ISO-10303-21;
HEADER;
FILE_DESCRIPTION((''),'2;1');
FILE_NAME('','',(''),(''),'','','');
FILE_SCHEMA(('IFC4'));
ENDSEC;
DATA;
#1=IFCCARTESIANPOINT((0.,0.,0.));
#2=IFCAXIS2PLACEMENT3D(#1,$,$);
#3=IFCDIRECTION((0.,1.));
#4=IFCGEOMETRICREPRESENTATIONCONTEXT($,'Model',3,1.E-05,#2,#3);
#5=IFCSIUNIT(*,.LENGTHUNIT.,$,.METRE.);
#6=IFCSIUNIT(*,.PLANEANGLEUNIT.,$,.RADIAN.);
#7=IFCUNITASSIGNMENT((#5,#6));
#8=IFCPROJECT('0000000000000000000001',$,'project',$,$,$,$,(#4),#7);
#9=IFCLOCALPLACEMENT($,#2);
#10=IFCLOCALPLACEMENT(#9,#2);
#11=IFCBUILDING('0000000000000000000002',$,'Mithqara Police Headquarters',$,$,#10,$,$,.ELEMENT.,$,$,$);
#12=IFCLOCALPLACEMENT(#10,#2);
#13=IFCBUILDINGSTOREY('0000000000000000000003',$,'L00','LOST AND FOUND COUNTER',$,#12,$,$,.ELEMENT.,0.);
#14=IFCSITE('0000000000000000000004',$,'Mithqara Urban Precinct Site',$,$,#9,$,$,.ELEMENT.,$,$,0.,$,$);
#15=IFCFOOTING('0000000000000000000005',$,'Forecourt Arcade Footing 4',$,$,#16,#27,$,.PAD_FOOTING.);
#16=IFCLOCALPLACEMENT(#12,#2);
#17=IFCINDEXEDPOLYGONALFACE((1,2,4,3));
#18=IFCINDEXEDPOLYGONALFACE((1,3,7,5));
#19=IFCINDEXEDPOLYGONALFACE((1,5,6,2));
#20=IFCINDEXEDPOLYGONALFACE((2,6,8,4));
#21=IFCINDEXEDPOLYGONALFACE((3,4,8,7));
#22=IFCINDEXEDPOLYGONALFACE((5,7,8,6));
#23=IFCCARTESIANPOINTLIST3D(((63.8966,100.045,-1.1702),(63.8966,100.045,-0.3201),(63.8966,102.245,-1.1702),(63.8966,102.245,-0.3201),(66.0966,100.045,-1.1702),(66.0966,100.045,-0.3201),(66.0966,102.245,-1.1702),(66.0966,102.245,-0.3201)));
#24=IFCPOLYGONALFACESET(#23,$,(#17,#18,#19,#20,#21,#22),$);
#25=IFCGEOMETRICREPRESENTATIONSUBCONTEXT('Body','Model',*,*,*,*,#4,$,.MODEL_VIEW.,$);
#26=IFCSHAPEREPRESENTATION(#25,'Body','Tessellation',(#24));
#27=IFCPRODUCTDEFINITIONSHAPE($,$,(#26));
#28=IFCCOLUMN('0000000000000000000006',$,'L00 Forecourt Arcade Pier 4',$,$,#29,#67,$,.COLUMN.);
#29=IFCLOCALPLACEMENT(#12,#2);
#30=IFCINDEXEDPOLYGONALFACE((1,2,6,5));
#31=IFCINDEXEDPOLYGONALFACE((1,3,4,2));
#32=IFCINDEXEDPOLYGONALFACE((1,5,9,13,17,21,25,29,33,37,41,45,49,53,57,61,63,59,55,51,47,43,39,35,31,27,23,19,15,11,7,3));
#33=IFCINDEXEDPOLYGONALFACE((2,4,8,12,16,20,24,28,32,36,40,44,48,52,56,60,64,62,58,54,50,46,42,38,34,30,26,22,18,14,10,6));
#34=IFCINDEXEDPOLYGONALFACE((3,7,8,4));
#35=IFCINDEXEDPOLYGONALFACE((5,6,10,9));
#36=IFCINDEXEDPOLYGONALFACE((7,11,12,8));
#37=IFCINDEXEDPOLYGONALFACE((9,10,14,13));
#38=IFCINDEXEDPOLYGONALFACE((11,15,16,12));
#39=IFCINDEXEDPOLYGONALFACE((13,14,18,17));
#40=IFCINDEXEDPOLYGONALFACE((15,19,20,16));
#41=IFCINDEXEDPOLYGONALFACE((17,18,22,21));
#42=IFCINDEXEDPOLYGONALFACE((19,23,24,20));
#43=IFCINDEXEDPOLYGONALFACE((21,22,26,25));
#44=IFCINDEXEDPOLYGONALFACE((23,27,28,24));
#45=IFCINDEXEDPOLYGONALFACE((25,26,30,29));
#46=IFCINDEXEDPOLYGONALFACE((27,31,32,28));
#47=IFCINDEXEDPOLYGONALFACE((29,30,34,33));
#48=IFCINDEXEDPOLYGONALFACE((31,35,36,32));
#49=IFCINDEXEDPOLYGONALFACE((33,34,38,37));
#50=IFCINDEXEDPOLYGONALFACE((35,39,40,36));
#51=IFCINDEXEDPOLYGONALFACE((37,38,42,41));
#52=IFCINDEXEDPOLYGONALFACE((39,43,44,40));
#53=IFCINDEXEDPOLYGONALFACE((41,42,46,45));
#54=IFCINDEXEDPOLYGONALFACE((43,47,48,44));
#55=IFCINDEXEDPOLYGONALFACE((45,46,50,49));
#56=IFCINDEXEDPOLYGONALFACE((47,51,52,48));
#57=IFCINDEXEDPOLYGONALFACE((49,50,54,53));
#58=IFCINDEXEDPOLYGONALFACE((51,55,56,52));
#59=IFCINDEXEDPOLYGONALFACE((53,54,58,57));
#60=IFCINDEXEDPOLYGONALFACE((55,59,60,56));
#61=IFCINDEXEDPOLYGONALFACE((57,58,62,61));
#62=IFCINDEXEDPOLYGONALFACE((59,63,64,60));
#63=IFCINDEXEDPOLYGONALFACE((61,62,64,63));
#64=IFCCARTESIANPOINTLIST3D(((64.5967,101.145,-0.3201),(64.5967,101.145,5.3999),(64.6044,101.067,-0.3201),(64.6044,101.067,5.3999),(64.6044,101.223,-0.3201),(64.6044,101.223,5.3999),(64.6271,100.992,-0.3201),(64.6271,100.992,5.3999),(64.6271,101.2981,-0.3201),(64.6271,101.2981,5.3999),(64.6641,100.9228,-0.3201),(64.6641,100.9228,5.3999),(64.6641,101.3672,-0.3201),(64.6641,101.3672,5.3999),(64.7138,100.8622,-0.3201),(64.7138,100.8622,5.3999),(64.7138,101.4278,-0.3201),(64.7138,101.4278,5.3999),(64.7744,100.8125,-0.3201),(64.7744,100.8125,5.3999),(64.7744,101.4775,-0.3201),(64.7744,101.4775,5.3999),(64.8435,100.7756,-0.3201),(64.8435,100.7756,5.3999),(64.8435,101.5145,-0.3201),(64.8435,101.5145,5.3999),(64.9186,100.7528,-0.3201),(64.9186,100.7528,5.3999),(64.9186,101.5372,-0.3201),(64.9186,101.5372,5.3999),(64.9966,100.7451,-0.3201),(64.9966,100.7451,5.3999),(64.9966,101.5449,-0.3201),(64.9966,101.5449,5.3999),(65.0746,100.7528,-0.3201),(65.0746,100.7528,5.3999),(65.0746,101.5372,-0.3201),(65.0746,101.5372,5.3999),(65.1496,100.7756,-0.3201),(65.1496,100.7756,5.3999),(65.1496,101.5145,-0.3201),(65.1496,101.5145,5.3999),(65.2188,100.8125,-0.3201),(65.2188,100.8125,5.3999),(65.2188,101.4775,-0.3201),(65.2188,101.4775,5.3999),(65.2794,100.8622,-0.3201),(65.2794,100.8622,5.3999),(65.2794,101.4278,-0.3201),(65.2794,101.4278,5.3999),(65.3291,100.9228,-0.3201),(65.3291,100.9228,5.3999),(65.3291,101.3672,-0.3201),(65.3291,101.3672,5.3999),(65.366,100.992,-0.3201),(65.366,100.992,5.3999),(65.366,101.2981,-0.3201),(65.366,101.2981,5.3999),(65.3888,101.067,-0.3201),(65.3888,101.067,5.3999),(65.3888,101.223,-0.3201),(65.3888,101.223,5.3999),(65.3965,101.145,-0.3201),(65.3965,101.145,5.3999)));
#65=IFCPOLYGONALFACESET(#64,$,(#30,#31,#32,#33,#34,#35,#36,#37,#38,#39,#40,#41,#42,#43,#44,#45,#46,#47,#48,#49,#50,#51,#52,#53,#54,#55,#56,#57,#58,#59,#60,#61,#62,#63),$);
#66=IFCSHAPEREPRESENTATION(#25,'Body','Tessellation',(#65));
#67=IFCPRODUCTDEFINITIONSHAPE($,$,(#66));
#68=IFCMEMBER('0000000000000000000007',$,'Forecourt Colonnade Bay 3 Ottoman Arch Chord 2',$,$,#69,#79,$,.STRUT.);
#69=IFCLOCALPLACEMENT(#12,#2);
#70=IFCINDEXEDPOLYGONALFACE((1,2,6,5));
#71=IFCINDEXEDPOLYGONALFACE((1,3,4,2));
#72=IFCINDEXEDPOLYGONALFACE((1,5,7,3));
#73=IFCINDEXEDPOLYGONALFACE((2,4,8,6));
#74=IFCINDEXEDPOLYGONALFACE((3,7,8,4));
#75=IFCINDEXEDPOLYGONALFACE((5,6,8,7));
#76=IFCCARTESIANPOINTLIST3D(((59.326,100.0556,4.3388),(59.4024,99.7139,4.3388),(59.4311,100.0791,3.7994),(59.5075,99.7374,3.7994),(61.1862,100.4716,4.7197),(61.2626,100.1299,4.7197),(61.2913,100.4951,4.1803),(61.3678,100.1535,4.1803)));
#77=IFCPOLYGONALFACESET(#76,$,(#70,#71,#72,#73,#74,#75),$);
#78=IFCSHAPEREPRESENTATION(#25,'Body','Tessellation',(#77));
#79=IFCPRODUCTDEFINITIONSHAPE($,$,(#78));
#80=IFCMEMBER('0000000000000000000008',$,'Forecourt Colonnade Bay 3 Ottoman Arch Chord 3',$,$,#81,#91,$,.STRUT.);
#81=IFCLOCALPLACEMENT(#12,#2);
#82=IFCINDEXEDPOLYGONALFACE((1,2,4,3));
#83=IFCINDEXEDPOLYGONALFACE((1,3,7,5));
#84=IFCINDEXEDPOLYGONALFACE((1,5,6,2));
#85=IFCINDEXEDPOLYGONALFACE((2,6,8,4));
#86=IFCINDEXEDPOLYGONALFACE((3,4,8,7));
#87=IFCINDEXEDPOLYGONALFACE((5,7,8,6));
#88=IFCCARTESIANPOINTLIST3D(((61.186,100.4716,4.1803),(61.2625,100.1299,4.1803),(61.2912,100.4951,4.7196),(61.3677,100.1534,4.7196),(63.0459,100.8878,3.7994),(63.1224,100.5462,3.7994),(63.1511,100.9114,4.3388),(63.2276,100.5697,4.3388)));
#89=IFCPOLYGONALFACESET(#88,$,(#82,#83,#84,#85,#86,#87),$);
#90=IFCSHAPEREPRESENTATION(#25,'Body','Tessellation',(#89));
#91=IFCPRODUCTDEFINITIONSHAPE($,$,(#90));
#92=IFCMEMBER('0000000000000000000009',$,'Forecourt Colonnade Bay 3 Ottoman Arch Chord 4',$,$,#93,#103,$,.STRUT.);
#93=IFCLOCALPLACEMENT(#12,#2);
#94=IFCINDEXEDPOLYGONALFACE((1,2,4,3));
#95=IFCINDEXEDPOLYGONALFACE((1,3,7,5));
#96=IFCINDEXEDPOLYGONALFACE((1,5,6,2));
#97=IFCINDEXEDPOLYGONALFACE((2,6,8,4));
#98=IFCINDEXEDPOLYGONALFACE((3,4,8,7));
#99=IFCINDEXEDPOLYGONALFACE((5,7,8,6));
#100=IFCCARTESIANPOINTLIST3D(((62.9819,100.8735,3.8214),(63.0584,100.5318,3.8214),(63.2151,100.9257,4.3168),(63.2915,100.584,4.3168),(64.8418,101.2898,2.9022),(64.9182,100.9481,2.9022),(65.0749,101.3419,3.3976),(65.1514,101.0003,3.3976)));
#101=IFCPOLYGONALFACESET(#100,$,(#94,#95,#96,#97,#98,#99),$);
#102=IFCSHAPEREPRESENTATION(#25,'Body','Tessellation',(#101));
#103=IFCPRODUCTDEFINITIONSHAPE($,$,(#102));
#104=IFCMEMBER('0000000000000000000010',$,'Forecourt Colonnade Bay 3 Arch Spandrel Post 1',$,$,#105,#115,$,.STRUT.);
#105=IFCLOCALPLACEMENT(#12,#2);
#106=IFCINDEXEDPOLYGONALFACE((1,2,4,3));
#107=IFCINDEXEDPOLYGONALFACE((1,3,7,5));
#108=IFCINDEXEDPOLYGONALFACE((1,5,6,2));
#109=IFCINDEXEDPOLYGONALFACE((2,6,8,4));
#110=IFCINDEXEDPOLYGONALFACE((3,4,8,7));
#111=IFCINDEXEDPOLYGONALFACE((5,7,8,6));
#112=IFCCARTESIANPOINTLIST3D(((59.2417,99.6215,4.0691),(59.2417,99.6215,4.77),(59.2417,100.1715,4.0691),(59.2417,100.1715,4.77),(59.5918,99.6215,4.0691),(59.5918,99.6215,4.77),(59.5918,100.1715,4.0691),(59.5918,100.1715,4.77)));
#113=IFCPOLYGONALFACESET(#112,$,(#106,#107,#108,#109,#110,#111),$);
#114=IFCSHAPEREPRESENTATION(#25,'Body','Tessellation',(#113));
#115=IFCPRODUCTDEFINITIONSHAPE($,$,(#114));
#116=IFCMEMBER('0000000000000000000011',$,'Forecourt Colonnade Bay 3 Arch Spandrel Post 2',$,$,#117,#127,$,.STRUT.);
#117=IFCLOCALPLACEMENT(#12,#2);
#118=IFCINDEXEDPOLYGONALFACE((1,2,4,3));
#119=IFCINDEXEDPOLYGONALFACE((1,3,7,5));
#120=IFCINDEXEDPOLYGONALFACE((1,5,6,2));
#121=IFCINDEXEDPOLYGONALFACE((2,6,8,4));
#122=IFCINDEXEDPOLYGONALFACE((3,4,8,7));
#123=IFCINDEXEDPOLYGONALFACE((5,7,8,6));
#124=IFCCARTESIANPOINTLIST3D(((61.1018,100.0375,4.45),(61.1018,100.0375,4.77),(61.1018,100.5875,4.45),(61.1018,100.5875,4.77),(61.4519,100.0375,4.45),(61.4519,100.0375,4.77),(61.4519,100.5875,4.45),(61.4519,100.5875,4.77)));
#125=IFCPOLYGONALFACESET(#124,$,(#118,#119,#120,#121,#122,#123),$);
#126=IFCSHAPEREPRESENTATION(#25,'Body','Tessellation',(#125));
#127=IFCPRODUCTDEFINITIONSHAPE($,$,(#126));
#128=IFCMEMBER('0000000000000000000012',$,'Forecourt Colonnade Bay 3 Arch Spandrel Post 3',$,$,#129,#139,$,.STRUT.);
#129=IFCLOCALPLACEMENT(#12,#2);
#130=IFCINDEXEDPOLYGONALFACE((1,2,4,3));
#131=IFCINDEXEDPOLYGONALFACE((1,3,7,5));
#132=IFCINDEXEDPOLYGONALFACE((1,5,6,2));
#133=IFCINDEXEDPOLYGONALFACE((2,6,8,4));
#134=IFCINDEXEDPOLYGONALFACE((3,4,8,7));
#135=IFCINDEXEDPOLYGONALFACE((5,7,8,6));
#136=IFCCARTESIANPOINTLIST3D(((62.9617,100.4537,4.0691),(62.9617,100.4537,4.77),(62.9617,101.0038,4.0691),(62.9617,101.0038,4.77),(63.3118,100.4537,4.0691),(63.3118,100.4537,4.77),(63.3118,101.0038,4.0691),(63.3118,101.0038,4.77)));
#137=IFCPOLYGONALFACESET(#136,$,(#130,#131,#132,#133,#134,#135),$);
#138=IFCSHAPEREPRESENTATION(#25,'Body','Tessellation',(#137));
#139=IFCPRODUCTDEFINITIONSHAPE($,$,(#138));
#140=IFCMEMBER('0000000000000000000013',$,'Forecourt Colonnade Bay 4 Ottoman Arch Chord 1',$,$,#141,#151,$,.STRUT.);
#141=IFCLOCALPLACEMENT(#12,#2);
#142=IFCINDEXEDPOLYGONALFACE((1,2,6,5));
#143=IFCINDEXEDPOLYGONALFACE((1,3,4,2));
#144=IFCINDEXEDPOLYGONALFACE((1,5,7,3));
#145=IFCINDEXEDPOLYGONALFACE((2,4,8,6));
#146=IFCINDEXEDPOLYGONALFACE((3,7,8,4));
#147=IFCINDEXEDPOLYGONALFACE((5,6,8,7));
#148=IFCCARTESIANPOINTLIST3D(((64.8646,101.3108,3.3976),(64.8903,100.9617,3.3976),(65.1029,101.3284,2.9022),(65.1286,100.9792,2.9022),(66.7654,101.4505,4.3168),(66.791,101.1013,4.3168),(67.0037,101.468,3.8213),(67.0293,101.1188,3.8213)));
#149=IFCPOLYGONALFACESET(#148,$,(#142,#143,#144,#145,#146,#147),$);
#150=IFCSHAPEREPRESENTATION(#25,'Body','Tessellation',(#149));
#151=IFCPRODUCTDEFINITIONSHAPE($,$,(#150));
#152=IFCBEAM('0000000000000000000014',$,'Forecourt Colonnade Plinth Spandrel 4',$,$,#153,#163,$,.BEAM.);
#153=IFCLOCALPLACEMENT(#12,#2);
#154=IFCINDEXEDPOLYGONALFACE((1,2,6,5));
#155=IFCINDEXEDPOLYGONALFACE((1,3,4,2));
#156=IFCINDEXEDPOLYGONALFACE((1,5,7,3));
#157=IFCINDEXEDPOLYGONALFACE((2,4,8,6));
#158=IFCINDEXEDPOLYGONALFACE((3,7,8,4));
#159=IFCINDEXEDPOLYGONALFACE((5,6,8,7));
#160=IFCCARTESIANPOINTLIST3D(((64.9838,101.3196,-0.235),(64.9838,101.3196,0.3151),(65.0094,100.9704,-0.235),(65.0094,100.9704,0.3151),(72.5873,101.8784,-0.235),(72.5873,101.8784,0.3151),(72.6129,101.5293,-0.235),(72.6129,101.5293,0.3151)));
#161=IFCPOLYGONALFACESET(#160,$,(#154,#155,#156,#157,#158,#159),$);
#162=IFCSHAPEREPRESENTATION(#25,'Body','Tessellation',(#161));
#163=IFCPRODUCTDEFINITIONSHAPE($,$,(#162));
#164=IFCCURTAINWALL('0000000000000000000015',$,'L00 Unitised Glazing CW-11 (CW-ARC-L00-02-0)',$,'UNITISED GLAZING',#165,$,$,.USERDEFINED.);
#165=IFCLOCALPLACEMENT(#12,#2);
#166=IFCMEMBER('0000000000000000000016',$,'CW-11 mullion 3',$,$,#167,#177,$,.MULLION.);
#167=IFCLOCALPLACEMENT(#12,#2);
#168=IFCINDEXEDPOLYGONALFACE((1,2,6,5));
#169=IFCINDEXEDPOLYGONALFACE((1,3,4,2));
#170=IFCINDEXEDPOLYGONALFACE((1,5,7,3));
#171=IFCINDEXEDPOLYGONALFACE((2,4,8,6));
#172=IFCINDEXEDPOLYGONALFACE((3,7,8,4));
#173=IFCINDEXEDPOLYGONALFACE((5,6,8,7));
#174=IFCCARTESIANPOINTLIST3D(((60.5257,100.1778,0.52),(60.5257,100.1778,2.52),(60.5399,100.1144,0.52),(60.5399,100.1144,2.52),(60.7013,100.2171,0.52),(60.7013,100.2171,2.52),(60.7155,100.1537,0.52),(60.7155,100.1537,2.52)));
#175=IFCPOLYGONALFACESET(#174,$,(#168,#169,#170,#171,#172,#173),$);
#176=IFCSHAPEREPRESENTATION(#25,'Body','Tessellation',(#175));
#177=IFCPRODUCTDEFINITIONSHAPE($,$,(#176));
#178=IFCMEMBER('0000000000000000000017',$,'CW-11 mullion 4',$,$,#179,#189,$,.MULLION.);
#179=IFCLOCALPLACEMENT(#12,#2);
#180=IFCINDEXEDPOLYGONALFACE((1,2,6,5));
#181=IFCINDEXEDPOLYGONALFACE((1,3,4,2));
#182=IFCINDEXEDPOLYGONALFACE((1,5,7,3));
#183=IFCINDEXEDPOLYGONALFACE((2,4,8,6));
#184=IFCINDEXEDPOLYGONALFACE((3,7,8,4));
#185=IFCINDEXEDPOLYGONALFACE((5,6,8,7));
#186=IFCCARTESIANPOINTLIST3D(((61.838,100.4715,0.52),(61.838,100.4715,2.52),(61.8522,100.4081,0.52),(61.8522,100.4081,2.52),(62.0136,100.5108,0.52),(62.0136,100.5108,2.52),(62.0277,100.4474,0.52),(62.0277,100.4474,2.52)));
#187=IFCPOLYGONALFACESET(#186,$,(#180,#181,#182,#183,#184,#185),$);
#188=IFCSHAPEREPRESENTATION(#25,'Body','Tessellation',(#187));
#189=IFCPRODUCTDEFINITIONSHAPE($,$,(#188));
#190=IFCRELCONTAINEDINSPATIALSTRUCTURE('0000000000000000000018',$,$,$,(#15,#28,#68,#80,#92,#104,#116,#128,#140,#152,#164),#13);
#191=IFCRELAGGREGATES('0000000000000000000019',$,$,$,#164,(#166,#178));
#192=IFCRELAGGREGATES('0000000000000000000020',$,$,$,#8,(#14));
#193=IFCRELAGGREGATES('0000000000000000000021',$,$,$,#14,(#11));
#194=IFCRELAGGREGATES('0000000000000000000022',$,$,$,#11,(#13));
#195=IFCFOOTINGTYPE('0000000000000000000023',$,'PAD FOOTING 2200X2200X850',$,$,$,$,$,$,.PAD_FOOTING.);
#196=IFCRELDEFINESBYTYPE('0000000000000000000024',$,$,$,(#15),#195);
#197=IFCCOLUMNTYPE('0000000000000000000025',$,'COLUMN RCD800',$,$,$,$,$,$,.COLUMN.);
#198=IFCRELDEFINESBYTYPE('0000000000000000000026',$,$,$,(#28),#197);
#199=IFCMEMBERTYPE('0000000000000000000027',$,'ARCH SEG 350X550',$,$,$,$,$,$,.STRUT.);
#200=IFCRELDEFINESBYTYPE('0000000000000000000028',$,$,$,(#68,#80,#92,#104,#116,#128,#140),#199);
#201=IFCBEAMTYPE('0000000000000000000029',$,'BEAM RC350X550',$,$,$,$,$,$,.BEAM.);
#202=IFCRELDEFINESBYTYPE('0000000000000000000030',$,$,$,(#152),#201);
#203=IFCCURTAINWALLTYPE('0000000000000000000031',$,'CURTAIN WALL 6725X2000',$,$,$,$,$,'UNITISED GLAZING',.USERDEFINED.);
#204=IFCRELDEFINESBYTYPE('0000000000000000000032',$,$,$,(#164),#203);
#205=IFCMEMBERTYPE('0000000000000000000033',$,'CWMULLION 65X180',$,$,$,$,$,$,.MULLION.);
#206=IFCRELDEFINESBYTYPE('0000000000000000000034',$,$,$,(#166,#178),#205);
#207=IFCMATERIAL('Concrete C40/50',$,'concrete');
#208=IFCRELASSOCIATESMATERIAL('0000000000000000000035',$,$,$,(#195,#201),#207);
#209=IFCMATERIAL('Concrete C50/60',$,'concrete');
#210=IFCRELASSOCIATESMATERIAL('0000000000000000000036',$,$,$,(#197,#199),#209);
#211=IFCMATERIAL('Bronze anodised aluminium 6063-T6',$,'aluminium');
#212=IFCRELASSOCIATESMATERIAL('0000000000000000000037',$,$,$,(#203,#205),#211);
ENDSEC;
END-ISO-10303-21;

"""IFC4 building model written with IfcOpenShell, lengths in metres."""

from ifc_helpers import new_model, si_unit, direction, frame, origin, origin_2d, place, context, subcontext, project, spatial, rectangle, circle, extrude, material, material_profile, profile_set, type_object, element, aggregate, save


model = new_model("IFC4")

# Units and contexts
model_context = context("Model", 3, precision=1e-05, world=origin(), true_north=direction((0.0, 1.0)))
body_context = subcontext(model_context, "Body", "Model", "MODEL_VIEW")
ifc_project = project(units=[si_unit("LENGTHUNIT", "METRE"), si_unit("PLANEANGLEUNIT", "RADIAN")], contexts=[model_context])

# Site, building, storey
site_placement = place(None, origin())
site = spatial("IfcSite", under=ifc_project, at=site_placement, Name="Mithqara Urban Precinct Site", CompositionType="ELEMENT", RefElevation=0.0)
building_placement = place(site_placement, origin())
building = spatial("IfcBuilding", under=site, at=building_placement, Name="Mithqara Police Headquarters", CompositionType="ELEMENT")
storey_placement = place(building_placement, origin())
storey = spatial("IfcBuildingStorey", under=building, at=storey_placement, Name="L00", Description="LOST AND FOUND COUNTER", CompositionType="ELEMENT", Elevation=0.0)

# Footing
ifc_material_1 = material(Name="Concrete C40/50", Category="concrete")
footing_type = type_object("IfcFootingType", Name="PAD FOOTING 2200X2200X850", PredefinedType="PAD_FOOTING", material=ifc_material_1)
footing_placement = place(storey_placement, frame((64.9966, 101.145, -1.1702), z_axis=(0.0, 0.0, 1.0), x_axis=(1.0, 0.0, 0.0)))
element("IfcFooting", 1, at=footing_placement, inside=storey, type_object=footing_type, Name="Forecourt Arcade Footing 4", PredefinedType="PAD_FOOTING", context=body_context, shape_type="SweptSolid", body=[
    extrude(rectangle(XDim=2.2, YDim=2.2, at=origin_2d()), origin(), (0.0, 0.0, 1.0), 0.8501),
])

# Column
ifc_material_2 = material(Name="Concrete C50/60", Category="concrete")
ifc_material_profile_1 = material_profile(ifc_material_2, circle(Radius=0.3999, at=origin_2d()), Name="RCD 800")
ifc_profile_set_1 = profile_set([ifc_material_profile_1], Name="Concrete C50/60")
column_type = type_object("IfcColumnType", Name="COLUMN RCD800", PredefinedType="COLUMN", material=ifc_profile_set_1)
column_placement = place(storey_placement, frame((64.9966, 101.145, -0.3201), z_axis=(0.0, 0.0, 1.0), x_axis=(1.0, 0.0, 0.0)))
element("IfcColumn", 2, at=column_placement, inside=storey, type_object=column_type, Name="L00 Forecourt Arcade Pier 4", PredefinedType="COLUMN", context=body_context, shape_type="SweptSolid", body=[
    extrude(circle(Radius=0.3999, at=origin_2d()), origin(), (0.0, 0.0, 1.0), 5.72),
])

# Members
ifc_material_profile_2 = material_profile(ifc_material_2, rectangle(XDim=0.3501, YDim=0.55, at=origin_2d()), Name="ARC 350x550")
ifc_profile_set_2 = profile_set([ifc_material_profile_2], Name="Concrete C50/60")
member_type_1 = type_object("IfcMemberType", Name="ARCH SEG 350X550", PredefinedType="STRUT", material=ifc_profile_set_2)
member_1_placement = place(storey_placement, frame((59.4167, 99.8965, 4.0691), z_axis=(0.956974, 0.214029, 0.195942), x_axis=(-0.218259, 0.975891, 0.0)))
element("IfcMember", 3, at=member_1_placement, inside=storey, type_object=member_type_1, Name="Forecourt Colonnade Bay 3 Ottoman Arch Chord 2", PredefinedType="STRUT", context=body_context, shape_type="SweptSolid", body=[
    extrude(rectangle(XDim=0.3501, YDim=0.55, at=origin_2d()), origin(), (0.0, 0.0, 1.0), 1.9438),
])
member_2_placement = place(storey_placement, frame((61.2769, 100.3125, 4.45), z_axis=(0.956937, 0.214174, -0.19596), x_axis=(-0.218409, 0.975857, 0.0)))
element("IfcMember", 4, at=member_2_placement, inside=storey, type_object=member_type_1, Name="Forecourt Colonnade Bay 3 Ottoman Arch Chord 3", PredefinedType="STRUT", context=body_context, shape_type="SweptSolid", body=[
    extrude(rectangle(XDim=0.3501, YDim=0.55, at=origin_2d()), origin(), (0.0, 0.0, 1.0), 1.9436),
])
member_3_placement = place(storey_placement, frame((63.1367, 100.7288, 4.0691), z_axis=(0.87897, 0.196724, -0.434408), x_axis=(-0.218409, 0.975857, 0.0)))
element("IfcMember", 5, at=member_3_placement, inside=storey, type_object=member_type_1, Name="Forecourt Colonnade Bay 3 Ottoman Arch Chord 4", PredefinedType="STRUT", context=body_context, shape_type="SweptSolid", body=[
    extrude(rectangle(XDim=0.3501, YDim=0.55, at=origin_2d()), origin(), (0.0, 0.0, 1.0), 2.116),
])
member_4_placement = place(storey_placement, frame((59.4167, 99.8965, 4.0691), z_axis=(0.0, 0.0, 1.0), x_axis=(1.0, 0.0, 0.0)))
element("IfcMember", 6, at=member_4_placement, inside=storey, type_object=member_type_1, Name="Forecourt Colonnade Bay 3 Arch Spandrel Post 1", PredefinedType="STRUT", context=body_context, shape_type="SweptSolid", body=[
    extrude(rectangle(XDim=0.3501, YDim=0.55, at=origin_2d()), origin(), (0.0, 0.0, 1.0), 0.7009),
])
member_5_placement = place(storey_placement, frame((61.2769, 100.3125, 4.45), z_axis=(0.0, 0.0, 1.0), x_axis=(1.0, 0.0, 0.0)))
element("IfcMember", 7, at=member_5_placement, inside=storey, type_object=member_type_1, Name="Forecourt Colonnade Bay 3 Arch Spandrel Post 2", PredefinedType="STRUT", context=body_context, shape_type="SweptSolid", body=[
    extrude(rectangle(XDim=0.3501, YDim=0.55, at=origin_2d()), origin(), (0.0, 0.0, 1.0), 0.3201),
])
member_6_placement = place(storey_placement, frame((63.1367, 100.7288, 4.0691), z_axis=(0.0, 0.0, 1.0), x_axis=(1.0, 0.0, 0.0)))
element("IfcMember", 8, at=member_6_placement, inside=storey, type_object=member_type_1, Name="Forecourt Colonnade Bay 3 Arch Spandrel Post 3", PredefinedType="STRUT", context=body_context, shape_type="SweptSolid", body=[
    extrude(rectangle(XDim=0.3501, YDim=0.55, at=origin_2d()), origin(), (0.0, 0.0, 1.0), 0.7009),
])
member_7_placement = place(storey_placement, frame((64.9966, 101.145, 3.1499), z_axis=(0.898306, 0.065994, 0.434385), x_axis=(-0.073268, 0.997312, 0.0)))
element("IfcMember", 9, at=member_7_placement, inside=storey, type_object=member_type_1, Name="Forecourt Colonnade Bay 4 Ottoman Arch Chord 1", PredefinedType="STRUT", context=body_context, shape_type="SweptSolid", body=[
    extrude(rectangle(XDim=0.3501, YDim=0.55, at=origin_2d()), origin(), (0.0, 0.0, 1.0), 2.116),
])

# Beam
ifc_material_profile_3 = material_profile(ifc_material_1, rectangle(XDim=0.3501, YDim=0.55, at=origin_2d()), Name="RC 350x550")
ifc_profile_set_3 = profile_set([ifc_material_profile_3], Name="Concrete C40/50")
beam_type_1 = type_object("IfcBeamType", Name="BEAM RC350X550", PredefinedType="BEAM", material=ifc_profile_set_3)
beam_1_placement = place(storey_placement, frame((64.9966, 101.145, 0.04), z_axis=(0.99731, 0.0733, 0.0), x_axis=(-0.0733, 0.99731, 0.0)))
element("IfcBeam", 10, at=beam_1_placement, inside=storey, type_object=beam_type_1, Name="Forecourt Colonnade Plinth Spandrel 4", PredefinedType="BEAM", context=body_context, shape_type="SweptSolid", body=[
    extrude(rectangle(XDim=0.3501, YDim=0.55, at=origin_2d()), origin(), (0.0, 0.0, 1.0), 7.624),
])

# Curtain wall, members
ifc_material_3 = material(Name="Bronze anodised aluminium 6063-T6", Category="aluminium")
curtain_wall_type = type_object("IfcCurtainWallType", Name="CURTAIN WALL 6725X2000", ElementType="UNITISED GLAZING", PredefinedType="USERDEFINED", material=ifc_material_3)
curtain_wall_1_placement = place(storey_placement, origin())
curtain_wall_1 = element("IfcCurtainWall", 11, at=curtain_wall_1_placement, inside=storey, type_object=curtain_wall_type, Name="L00 Unitised Glazing CW-11 (CW-ARC-L00-02-0)", ObjectType="UNITISED GLAZING", PredefinedType="USERDEFINED")
ifc_material_profile_4 = material_profile(ifc_material_3, rectangle(XDim=0.0649, YDim=0.1799, at=origin_2d()), Name="CWM 65x180")
ifc_profile_set_4 = profile_set([ifc_material_profile_4], Name="Bronze anodised aluminium 6063-T6")
member_type_2 = type_object("IfcMemberType", Name="CWMULLION 65X180", PredefinedType="MULLION", material=ifc_profile_set_4)
member_8_placement = place(storey_placement, frame((60.6206, 100.1658, 0.52), z_axis=(0.0, 0.0, 1.0), x_axis=(-0.218335, 0.975874, 0.0)))
member_8 = element("IfcMember", 12, at=member_8_placement, type_object=member_type_2, Name="CW-11 mullion 3", PredefinedType="MULLION", context=body_context, shape_type="SweptSolid", body=[
    extrude(rectangle(XDim=0.0649, YDim=0.1799, at=origin_2d()), origin(), (0.0, 0.0, 1.0), 2.0),
])
member_9_placement = place(storey_placement, frame((61.9329, 100.4595, 0.52), z_axis=(0.0, 0.0, 1.0), x_axis=(-0.218335, 0.975874, 0.0)))
member_9 = element("IfcMember", 13, at=member_9_placement, type_object=member_type_2, Name="CW-11 mullion 4", PredefinedType="MULLION", context=body_context, shape_type="SweptSolid", body=[
    extrude(rectangle(XDim=0.0649, YDim=0.1799, at=origin_2d()), origin(), (0.0, 0.0, 1.0), 2.0),
])

aggregate(curtain_wall_1, [member_8, member_9])

save(model, "model.ifc")
